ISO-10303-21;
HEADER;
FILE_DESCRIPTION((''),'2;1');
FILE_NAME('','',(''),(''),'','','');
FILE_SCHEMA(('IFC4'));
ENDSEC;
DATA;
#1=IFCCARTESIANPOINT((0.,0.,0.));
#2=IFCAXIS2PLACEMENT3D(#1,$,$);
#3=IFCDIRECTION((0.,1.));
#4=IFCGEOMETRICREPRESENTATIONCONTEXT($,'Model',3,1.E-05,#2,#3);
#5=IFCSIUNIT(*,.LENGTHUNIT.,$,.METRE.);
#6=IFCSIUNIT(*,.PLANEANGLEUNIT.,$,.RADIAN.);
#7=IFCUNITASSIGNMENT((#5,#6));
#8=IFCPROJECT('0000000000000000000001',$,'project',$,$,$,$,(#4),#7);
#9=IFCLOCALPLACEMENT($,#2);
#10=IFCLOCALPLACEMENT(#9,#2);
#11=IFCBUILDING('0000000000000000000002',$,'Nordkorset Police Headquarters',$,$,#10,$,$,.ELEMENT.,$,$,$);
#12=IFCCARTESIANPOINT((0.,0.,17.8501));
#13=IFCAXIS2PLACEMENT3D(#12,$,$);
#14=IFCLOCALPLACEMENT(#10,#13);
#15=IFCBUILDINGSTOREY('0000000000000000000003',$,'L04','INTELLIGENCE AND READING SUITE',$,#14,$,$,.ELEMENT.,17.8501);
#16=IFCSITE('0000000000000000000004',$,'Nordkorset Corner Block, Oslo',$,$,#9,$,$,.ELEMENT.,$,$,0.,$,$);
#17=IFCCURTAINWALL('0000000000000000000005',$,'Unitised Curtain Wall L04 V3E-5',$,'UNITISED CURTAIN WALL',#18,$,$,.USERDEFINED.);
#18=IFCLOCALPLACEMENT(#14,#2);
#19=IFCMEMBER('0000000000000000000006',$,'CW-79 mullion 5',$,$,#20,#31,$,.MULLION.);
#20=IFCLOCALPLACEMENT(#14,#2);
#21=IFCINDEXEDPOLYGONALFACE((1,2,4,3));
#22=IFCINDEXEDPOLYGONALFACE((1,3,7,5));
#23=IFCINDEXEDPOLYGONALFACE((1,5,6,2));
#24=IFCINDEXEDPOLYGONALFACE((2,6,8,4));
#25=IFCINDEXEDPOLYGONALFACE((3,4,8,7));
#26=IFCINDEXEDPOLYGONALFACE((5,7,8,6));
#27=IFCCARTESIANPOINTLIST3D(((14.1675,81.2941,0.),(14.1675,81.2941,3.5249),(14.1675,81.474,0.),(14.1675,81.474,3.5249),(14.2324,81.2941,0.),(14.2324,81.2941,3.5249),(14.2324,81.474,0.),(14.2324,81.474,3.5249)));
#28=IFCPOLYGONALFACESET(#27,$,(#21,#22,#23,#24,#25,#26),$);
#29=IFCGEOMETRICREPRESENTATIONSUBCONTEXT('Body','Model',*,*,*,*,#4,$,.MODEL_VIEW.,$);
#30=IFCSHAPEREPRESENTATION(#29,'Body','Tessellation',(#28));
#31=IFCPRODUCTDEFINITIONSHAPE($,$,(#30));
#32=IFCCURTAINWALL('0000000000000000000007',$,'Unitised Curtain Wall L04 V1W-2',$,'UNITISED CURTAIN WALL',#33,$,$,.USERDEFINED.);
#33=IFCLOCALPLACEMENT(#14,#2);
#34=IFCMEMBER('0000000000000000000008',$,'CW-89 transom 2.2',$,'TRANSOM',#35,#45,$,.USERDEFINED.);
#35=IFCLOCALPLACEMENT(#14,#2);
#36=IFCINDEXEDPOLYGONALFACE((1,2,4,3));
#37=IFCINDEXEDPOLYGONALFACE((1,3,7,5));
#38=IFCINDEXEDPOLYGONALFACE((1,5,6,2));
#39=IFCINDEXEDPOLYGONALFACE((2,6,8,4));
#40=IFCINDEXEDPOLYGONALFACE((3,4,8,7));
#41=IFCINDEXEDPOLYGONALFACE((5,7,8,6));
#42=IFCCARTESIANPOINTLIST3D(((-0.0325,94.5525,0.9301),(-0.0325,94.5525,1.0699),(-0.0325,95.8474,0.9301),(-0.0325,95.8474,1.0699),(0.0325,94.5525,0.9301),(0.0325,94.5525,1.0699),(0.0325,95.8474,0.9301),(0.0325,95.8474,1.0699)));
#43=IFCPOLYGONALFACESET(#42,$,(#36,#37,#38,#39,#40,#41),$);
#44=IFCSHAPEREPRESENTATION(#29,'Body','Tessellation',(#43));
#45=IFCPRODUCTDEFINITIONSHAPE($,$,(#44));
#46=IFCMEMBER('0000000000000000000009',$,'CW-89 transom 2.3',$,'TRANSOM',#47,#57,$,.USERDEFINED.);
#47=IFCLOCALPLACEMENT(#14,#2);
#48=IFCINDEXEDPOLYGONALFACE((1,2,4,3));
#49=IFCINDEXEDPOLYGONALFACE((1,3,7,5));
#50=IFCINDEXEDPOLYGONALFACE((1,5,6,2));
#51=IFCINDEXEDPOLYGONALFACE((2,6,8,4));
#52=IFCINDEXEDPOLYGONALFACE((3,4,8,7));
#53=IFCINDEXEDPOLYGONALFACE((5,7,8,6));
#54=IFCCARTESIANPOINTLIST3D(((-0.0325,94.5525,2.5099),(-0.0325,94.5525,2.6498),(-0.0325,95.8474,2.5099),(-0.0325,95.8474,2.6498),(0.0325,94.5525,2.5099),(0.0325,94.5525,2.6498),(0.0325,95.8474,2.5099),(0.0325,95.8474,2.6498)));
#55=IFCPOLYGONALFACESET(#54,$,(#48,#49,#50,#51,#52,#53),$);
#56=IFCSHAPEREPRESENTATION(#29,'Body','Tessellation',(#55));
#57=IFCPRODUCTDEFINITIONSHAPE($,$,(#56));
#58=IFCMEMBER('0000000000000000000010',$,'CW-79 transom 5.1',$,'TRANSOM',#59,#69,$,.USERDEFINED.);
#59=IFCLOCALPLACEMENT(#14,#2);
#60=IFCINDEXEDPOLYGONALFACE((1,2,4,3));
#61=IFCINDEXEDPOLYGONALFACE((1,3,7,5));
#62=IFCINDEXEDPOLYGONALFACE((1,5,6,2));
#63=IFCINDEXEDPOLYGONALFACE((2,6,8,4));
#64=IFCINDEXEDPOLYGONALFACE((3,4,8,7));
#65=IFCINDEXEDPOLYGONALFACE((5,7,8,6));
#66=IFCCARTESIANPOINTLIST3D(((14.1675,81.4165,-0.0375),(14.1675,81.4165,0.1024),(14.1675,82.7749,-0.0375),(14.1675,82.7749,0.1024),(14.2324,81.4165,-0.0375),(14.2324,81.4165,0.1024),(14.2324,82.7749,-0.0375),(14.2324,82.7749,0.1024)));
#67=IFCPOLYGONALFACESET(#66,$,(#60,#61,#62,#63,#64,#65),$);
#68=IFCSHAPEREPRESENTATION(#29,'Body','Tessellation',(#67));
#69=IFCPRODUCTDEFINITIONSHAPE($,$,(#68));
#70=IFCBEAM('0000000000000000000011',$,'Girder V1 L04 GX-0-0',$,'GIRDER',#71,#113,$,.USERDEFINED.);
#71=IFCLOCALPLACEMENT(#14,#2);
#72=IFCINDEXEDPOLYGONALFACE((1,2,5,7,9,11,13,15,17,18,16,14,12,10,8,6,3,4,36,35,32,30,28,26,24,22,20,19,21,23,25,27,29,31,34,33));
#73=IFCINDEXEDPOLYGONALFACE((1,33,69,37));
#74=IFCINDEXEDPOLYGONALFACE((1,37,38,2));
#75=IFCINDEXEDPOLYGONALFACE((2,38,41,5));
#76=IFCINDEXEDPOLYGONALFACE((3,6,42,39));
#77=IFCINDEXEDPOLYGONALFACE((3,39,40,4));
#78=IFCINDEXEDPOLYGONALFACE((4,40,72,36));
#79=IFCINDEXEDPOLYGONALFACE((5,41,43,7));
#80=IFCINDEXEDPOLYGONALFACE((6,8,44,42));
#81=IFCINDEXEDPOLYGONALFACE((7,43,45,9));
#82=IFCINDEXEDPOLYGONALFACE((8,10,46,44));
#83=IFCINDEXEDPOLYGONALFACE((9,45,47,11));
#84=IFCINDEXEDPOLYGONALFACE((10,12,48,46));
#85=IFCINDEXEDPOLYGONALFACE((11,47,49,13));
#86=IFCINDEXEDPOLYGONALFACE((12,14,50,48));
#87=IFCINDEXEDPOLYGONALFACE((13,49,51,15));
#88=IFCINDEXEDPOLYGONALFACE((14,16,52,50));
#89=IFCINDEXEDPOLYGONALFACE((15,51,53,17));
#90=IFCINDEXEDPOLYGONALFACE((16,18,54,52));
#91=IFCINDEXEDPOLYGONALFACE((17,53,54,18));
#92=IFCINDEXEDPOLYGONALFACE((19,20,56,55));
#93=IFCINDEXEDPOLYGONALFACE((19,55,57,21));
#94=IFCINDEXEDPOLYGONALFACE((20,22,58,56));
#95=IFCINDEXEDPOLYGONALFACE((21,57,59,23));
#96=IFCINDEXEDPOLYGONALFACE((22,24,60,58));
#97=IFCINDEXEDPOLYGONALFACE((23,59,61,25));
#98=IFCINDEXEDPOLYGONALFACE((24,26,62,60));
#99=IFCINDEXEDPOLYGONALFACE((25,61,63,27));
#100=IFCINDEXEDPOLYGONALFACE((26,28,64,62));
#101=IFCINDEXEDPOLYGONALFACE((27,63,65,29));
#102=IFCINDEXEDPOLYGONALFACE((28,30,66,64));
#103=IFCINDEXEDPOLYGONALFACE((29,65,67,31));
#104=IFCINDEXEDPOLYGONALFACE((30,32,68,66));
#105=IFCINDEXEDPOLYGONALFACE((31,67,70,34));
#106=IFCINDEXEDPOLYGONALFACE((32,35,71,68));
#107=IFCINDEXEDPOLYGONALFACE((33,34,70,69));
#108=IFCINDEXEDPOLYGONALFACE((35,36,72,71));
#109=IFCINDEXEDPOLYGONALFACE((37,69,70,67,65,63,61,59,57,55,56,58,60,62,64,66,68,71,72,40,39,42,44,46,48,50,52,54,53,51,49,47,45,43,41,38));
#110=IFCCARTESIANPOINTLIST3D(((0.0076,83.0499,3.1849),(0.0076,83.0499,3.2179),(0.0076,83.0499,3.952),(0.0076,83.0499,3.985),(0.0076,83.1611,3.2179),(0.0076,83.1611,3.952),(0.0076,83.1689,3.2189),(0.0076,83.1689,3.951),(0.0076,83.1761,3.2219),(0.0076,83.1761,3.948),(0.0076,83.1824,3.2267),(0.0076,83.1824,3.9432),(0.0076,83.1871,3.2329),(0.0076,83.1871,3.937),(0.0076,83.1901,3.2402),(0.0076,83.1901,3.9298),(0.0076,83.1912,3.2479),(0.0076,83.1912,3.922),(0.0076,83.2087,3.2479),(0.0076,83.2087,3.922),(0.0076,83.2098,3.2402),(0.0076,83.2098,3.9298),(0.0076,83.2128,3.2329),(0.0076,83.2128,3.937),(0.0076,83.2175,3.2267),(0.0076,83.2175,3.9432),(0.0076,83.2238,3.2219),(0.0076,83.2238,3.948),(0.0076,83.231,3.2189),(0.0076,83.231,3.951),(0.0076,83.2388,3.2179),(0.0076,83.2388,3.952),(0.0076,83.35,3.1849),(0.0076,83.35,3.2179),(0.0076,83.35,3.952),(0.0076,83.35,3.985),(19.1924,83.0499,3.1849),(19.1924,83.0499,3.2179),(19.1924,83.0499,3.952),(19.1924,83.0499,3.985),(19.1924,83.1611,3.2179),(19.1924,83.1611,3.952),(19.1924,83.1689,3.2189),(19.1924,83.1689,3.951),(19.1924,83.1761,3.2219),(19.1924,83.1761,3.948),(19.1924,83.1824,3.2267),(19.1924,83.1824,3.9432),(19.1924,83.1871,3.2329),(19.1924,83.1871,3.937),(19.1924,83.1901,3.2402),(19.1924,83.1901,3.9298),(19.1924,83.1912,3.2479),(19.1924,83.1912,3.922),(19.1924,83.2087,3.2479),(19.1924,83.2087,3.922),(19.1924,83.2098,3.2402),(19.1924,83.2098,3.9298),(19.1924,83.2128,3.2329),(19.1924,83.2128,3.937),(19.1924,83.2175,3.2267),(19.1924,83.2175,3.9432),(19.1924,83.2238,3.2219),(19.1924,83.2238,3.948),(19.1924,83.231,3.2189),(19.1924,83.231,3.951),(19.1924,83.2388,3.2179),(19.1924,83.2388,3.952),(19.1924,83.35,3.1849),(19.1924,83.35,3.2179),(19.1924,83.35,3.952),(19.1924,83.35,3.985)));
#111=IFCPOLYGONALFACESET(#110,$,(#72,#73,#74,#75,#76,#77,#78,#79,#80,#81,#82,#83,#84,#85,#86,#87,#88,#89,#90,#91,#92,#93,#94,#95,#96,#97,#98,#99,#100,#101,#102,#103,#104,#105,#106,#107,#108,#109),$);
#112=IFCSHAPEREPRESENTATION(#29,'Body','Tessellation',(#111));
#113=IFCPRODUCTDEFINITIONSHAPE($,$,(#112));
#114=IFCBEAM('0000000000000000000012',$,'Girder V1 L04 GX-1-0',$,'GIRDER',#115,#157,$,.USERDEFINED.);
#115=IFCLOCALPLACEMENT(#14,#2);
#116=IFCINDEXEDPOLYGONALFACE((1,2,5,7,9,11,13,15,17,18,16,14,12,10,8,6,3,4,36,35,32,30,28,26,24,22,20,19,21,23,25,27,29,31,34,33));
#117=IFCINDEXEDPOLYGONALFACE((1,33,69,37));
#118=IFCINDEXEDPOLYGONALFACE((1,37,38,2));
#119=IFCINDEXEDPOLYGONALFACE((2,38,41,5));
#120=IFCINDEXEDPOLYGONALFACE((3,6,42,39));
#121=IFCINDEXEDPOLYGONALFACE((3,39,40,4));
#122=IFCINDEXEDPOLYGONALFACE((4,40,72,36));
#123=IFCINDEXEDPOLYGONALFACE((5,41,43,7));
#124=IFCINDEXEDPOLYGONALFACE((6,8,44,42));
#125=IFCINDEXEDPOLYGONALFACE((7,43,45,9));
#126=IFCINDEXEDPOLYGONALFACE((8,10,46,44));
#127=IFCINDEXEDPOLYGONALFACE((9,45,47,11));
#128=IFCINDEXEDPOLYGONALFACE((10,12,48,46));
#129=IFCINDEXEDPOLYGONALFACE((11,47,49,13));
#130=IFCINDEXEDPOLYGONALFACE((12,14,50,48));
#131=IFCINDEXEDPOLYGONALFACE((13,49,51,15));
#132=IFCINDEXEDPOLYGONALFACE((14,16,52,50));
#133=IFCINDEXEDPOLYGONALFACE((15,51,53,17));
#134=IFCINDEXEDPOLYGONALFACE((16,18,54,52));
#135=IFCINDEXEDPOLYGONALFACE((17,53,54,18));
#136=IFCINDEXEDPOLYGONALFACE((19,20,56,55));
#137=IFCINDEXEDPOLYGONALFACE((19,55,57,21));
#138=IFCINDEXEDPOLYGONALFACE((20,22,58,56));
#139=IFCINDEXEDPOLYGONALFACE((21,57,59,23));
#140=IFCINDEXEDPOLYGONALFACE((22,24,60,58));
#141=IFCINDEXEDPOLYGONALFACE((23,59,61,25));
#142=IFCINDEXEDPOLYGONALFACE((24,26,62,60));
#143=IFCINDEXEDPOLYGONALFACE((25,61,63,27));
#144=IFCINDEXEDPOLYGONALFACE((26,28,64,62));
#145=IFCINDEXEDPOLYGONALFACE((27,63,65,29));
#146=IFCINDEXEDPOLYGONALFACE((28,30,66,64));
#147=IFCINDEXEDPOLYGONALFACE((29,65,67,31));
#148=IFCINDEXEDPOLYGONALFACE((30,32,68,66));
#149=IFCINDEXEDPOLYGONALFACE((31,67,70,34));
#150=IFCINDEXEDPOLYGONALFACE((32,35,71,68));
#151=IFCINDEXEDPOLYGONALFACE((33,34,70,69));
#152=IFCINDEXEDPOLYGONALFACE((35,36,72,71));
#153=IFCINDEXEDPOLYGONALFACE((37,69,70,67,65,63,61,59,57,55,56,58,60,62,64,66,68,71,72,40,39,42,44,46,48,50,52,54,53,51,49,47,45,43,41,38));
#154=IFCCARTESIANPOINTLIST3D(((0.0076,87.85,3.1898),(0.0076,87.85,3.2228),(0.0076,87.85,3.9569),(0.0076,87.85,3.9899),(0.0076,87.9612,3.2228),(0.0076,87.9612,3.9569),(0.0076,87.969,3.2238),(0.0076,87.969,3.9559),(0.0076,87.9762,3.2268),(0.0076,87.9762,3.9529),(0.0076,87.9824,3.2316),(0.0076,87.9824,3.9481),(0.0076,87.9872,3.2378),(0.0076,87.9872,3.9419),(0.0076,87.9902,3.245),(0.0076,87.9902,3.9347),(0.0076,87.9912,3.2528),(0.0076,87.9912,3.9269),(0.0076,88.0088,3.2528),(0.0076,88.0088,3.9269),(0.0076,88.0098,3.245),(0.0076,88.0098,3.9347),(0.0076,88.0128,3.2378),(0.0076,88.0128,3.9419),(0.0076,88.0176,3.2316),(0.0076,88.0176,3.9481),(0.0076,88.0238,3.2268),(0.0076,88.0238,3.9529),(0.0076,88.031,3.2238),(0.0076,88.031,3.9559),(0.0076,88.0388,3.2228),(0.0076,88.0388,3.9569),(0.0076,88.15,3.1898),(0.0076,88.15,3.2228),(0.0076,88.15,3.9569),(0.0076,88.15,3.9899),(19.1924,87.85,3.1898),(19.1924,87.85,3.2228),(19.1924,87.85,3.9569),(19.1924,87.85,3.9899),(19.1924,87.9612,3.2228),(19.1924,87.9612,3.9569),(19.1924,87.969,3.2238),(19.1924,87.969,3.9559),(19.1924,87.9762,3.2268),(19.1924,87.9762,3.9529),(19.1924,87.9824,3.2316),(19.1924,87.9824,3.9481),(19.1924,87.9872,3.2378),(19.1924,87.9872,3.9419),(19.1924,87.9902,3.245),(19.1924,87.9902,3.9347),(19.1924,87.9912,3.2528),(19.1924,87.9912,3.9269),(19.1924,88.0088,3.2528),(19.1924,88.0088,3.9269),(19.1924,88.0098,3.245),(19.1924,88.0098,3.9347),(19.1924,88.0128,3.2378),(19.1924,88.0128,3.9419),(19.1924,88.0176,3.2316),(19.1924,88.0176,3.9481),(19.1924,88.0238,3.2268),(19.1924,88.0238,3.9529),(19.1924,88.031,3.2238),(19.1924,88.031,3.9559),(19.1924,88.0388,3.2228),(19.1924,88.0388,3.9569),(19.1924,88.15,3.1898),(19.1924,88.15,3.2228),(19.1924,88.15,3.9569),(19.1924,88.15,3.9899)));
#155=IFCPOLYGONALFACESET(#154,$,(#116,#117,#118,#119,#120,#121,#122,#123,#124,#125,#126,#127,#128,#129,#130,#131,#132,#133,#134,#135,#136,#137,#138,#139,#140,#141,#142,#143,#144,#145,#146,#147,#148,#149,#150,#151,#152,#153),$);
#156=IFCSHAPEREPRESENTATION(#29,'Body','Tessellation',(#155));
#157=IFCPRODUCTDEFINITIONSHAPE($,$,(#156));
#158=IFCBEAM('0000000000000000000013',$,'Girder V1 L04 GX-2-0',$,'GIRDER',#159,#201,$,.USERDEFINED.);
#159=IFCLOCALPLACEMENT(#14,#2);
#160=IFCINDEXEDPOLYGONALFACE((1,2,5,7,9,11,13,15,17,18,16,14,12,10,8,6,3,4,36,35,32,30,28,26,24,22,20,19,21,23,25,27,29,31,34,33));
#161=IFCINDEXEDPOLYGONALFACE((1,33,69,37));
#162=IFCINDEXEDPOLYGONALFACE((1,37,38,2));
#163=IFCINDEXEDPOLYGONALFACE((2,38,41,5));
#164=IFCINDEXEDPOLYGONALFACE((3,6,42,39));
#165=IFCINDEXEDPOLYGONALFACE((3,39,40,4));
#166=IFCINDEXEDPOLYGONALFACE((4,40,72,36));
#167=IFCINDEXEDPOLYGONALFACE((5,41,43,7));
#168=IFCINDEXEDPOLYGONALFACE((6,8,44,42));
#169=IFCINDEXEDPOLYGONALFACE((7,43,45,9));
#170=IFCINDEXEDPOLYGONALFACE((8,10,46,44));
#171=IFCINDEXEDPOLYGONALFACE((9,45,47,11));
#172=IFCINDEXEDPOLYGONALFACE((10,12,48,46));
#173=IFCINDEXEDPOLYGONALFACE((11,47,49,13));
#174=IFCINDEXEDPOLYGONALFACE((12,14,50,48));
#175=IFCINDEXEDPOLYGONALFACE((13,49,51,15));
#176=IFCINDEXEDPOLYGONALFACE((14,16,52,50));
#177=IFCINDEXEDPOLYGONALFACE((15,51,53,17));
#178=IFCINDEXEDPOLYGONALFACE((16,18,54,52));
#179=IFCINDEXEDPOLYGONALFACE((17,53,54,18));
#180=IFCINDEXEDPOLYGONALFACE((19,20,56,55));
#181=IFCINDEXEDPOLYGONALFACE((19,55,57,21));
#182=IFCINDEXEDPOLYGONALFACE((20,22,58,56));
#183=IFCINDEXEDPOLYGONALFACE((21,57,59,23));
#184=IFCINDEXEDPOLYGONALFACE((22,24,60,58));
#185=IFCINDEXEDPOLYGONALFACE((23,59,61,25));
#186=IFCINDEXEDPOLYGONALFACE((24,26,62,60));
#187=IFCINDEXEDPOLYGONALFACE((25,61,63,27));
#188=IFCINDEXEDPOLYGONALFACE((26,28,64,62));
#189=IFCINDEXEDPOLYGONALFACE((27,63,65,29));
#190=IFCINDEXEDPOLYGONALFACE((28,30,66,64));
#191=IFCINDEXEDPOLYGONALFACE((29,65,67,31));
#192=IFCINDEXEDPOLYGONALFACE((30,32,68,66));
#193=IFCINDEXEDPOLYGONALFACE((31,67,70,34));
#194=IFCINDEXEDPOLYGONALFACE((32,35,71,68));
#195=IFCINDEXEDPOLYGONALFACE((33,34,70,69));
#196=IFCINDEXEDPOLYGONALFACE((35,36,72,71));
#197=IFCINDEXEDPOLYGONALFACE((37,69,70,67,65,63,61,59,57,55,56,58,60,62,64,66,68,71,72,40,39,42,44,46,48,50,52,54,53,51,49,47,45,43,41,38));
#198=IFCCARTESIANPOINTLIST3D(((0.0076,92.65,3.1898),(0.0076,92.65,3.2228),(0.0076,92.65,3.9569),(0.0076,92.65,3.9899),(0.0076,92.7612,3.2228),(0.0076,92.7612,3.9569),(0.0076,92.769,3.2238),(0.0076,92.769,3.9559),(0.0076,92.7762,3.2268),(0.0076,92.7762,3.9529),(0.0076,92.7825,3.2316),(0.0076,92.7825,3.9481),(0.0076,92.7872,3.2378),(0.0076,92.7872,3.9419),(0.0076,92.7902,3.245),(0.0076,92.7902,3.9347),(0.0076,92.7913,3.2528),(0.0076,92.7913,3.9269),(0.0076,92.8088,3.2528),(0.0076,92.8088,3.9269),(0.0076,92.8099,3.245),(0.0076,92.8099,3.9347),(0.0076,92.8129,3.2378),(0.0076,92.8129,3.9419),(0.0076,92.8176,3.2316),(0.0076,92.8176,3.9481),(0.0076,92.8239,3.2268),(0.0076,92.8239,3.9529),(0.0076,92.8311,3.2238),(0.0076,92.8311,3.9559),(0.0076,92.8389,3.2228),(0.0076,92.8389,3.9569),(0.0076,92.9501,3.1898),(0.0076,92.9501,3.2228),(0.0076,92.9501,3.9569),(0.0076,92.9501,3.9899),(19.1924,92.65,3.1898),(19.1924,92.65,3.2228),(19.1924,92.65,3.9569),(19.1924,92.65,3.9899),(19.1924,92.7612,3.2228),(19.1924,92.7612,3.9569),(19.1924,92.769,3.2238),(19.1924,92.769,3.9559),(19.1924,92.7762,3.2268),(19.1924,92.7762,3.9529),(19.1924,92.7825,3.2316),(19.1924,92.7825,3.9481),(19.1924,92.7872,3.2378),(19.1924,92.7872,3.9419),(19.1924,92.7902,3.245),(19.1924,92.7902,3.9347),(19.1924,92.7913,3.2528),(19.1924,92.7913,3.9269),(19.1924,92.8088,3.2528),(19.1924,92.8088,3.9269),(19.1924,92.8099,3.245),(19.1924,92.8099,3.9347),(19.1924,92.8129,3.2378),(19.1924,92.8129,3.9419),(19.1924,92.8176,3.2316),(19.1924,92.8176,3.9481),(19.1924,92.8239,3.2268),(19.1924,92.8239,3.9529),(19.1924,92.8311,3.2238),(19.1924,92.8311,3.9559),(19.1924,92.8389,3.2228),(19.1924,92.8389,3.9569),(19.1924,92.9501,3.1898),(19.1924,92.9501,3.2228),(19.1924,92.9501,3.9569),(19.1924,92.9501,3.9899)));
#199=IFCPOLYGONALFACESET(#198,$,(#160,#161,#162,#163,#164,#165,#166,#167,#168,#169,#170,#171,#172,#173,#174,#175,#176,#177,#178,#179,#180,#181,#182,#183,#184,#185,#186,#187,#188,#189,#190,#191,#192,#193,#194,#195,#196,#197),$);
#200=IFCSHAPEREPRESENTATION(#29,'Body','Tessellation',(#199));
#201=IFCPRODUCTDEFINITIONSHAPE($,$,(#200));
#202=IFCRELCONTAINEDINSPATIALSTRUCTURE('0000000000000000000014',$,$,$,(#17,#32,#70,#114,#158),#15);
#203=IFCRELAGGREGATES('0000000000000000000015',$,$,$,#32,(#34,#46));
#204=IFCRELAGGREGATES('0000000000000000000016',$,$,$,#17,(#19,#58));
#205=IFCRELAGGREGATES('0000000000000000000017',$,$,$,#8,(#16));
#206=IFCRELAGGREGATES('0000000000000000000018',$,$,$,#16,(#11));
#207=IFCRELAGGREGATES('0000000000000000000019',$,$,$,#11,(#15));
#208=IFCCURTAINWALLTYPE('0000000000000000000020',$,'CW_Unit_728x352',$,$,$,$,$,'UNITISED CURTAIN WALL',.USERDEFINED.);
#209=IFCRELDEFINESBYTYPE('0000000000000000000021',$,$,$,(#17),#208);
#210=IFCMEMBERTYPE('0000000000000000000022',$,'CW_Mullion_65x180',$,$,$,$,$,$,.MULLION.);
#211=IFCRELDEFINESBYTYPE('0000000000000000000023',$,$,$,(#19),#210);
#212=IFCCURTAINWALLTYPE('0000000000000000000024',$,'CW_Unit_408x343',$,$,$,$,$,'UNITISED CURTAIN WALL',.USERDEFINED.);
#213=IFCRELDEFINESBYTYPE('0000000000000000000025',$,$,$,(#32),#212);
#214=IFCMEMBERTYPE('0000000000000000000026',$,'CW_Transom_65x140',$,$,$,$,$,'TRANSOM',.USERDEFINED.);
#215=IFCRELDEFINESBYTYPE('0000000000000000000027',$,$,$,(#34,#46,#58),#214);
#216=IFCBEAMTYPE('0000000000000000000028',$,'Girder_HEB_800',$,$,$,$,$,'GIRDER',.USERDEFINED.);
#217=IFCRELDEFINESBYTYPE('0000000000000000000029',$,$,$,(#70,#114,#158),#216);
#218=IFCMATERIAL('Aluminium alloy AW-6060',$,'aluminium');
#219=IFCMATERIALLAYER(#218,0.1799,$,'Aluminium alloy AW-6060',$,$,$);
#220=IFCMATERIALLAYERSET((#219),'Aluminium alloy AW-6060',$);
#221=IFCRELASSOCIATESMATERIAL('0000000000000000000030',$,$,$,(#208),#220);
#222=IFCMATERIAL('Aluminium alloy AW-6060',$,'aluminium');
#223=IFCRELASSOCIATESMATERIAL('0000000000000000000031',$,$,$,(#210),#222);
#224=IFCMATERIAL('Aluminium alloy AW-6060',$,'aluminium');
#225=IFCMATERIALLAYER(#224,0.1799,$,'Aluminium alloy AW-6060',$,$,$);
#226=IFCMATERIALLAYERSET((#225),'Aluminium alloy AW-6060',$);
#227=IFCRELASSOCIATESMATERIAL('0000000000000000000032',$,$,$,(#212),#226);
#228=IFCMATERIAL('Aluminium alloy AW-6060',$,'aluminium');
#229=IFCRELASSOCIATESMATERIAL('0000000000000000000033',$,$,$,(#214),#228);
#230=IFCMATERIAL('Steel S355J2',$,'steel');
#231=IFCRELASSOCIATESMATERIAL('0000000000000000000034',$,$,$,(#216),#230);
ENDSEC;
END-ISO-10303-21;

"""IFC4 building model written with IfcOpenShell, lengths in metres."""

from ifc_helpers import new_model, si_unit, direction, frame, origin, origin_2d, place, context, subcontext, project, spatial, rectangle, i_section, extrude, material, layer, layer_set, material_profile, profile_set, type_object, element, aggregate, save


model = new_model("IFC4")

# Units and contexts
model_context = context("Model", 3, precision=1e-05, world=origin(), true_north=direction((0.0, 1.0)))
body_context = subcontext(model_context, "Body", "Model", "MODEL_VIEW")
ifc_project = project(units=[si_unit("LENGTHUNIT", "METRE"), si_unit("PLANEANGLEUNIT", "RADIAN")], contexts=[model_context])

# Site, building, storey
site_placement = place(None, origin())
site = spatial("IfcSite", under=ifc_project, at=site_placement, Name="Nordkorset Corner Block, Oslo", CompositionType="ELEMENT", RefElevation=0.0)
building_placement = place(site_placement, origin())
building = spatial("IfcBuilding", under=site, at=building_placement, Name="Nordkorset Police Headquarters", CompositionType="ELEMENT")
storey_placement = place(building_placement, frame((0.0, 0.0, 17.8501)))
storey = spatial("IfcBuildingStorey", under=building, at=storey_placement, Name="L04", Description="INTELLIGENCE AND READING SUITE", CompositionType="ELEMENT", Elevation=17.8501)

# Curtain wall, member
ifc_material_1 = material(Name="Aluminium alloy AW-6060", Category="aluminium")
ifc_layer_1 = layer(ifc_material_1, 0.1799, Name="Aluminium alloy AW-6060")
ifc_layer_set_1 = layer_set([ifc_layer_1], Name="Aluminium alloy AW-6060")
curtain_wall_type_1 = type_object("IfcCurtainWallType", Name="CW_Unit_728x352", ElementType="UNITISED CURTAIN WALL", PredefinedType="USERDEFINED", material=ifc_layer_set_1)
curtain_wall_1_placement = place(storey_placement, origin())
curtain_wall_1 = element("IfcCurtainWall", 1, at=curtain_wall_1_placement, inside=storey, type_object=curtain_wall_type_1, Name="Unitised Curtain Wall L04 V3E-5", ObjectType="UNITISED CURTAIN WALL", PredefinedType="USERDEFINED")
ifc_material_2 = material(Name="Aluminium alloy AW-6060", Category="aluminium")
ifc_material_profile_1 = material_profile(ifc_material_2, rectangle(XDim=0.0649, YDim=0.1799, at=origin_2d()), Name="ALU MULL 65x180")
ifc_profile_set_1 = profile_set([ifc_material_profile_1], Name="Aluminium alloy AW-6060")
member_type_1 = type_object("IfcMemberType", Name="CW_Mullion_65x180", PredefinedType="MULLION", material=ifc_profile_set_1)
member_1_placement = place(storey_placement, frame((14.2, 81.384, 0.0), z_axis=(0.0, 0.0, 1.0), x_axis=(-1.0, 0.0, 0.0)))
member_1 = element("IfcMember", 2, at=member_1_placement, type_object=member_type_1, Name="CW-79 mullion 5", PredefinedType="MULLION", context=body_context, shape_type="SweptSolid", body=[
    extrude(rectangle(XDim=0.0649, YDim=0.1799, at=origin_2d()), origin(), (0.0, 0.0, 1.0), 3.5249),
])

# Curtain wall, members
ifc_material_3 = material(Name="Aluminium alloy AW-6060", Category="aluminium")
ifc_layer_2 = layer(ifc_material_3, 0.1799, Name="Aluminium alloy AW-6060")
ifc_layer_set_2 = layer_set([ifc_layer_2], Name="Aluminium alloy AW-6060")
curtain_wall_type_2 = type_object("IfcCurtainWallType", Name="CW_Unit_408x343", ElementType="UNITISED CURTAIN WALL", PredefinedType="USERDEFINED", material=ifc_layer_set_2)
curtain_wall_2_placement = place(storey_placement, origin())
curtain_wall_2 = element("IfcCurtainWall", 3, at=curtain_wall_2_placement, inside=storey, type_object=curtain_wall_type_2, Name="Unitised Curtain Wall L04 V1W-2", ObjectType="UNITISED CURTAIN WALL", PredefinedType="USERDEFINED")
ifc_material_4 = material(Name="Aluminium alloy AW-6060", Category="aluminium")
ifc_material_profile_2 = material_profile(ifc_material_4, rectangle(XDim=0.0649, YDim=0.1399, at=origin_2d()), Name="ALU TRAN 65x140")
ifc_profile_set_2 = profile_set([ifc_material_profile_2], Name="Aluminium alloy AW-6060")
member_type_2 = type_object("IfcMemberType", Name="CW_Transom_65x140", ElementType="TRANSOM", PredefinedType="USERDEFINED", material=ifc_profile_set_2)
member_2_placement = place(storey_placement, frame((0.0, 94.5525, 1.0), z_axis=(0.0, 1.0, 0.0), x_axis=(-1.0, 0.0, 0.0)))
member_2 = element("IfcMember", 4, at=member_2_placement, type_object=member_type_2, Name="CW-89 transom 2.2", ObjectType="TRANSOM", PredefinedType="USERDEFINED", context=body_context, shape_type="SweptSolid", body=[
    extrude(rectangle(XDim=0.0649, YDim=0.1399, at=origin_2d()), origin(), (0.0, 0.0, 1.0), 1.2949),
])
member_3_placement = place(storey_placement, frame((0.0, 94.5525, 2.5798), z_axis=(0.0, 1.0, 0.0), x_axis=(-1.0, 0.0, 0.0)))
member_3 = element("IfcMember", 5, at=member_3_placement, type_object=member_type_2, Name="CW-89 transom 2.3", ObjectType="TRANSOM", PredefinedType="USERDEFINED", context=body_context, shape_type="SweptSolid", body=[
    extrude(rectangle(XDim=0.0649, YDim=0.1399, at=origin_2d()), origin(), (0.0, 0.0, 1.0), 1.2949),
])
aggregate(curtain_wall_2, [member_2, member_3])

# Member
member_4_placement = place(storey_placement, frame((14.2, 81.4165, 0.0325), z_axis=(0.0, 1.0, 0.0), x_axis=(-1.0, 0.0, 0.0)))
member_4 = element("IfcMember", 6, at=member_4_placement, type_object=member_type_2, Name="CW-79 transom 5.1", ObjectType="TRANSOM", PredefinedType="USERDEFINED", context=body_context, shape_type="SweptSolid", body=[
    extrude(rectangle(XDim=0.0649, YDim=0.1399, at=origin_2d()), origin(), (0.0, 0.0, 1.0), 1.3584),
])

# Beams
ifc_material_5 = material(Name="Steel S355J2", Category="steel")
ifc_material_profile_3 = material_profile(ifc_material_5, i_section(OverallWidth=0.3, OverallDepth=0.8, WebThickness=0.0176, FlangeThickness=0.033, FilletRadius=0.03, at=origin_2d()), Name="HEB 800")
ifc_profile_set_3 = profile_set([ifc_material_profile_3], Name="Steel S355J2")
beam_type_1 = type_object("IfcBeamType", Name="Girder_HEB_800", ElementType="GIRDER", PredefinedType="USERDEFINED", material=ifc_profile_set_3)
for number, where, z_axis, x_axis, name in (
    (7, (0.0076, 83.2, 3.585), (1.0, 0.0, 0.0), (0.0, 1.0, 0.0), "Girder V1 L04 GX-0-0"),
    (8, (0.0076, 88.0, 3.5898), (1.0, 0.0, 0.0), (0.0, 1.0, 0.0), "Girder V1 L04 GX-1-0"),
    (9, (0.0076, 92.8, 3.5898), (1.0, 0.0, 0.0), (0.0, 1.0, 0.0), "Girder V1 L04 GX-2-0"),
):
    element("IfcBeam", number, at=place(storey_placement, frame(where, z_axis=z_axis, x_axis=x_axis)), inside=storey, type_object=beam_type_1, Name=name, ObjectType="GIRDER", PredefinedType="USERDEFINED", context=body_context, shape_type="SweptSolid", body=[
        extrude(i_section(OverallWidth=0.3, OverallDepth=0.8, WebThickness=0.0176, FlangeThickness=0.033, FilletRadius=0.03, at=origin_2d()), origin(), (0.0, 0.0, 1.0), 19.1848),
    ])

aggregate(curtain_wall_1, [member_1, member_4])

save(model, "model.ifc")
